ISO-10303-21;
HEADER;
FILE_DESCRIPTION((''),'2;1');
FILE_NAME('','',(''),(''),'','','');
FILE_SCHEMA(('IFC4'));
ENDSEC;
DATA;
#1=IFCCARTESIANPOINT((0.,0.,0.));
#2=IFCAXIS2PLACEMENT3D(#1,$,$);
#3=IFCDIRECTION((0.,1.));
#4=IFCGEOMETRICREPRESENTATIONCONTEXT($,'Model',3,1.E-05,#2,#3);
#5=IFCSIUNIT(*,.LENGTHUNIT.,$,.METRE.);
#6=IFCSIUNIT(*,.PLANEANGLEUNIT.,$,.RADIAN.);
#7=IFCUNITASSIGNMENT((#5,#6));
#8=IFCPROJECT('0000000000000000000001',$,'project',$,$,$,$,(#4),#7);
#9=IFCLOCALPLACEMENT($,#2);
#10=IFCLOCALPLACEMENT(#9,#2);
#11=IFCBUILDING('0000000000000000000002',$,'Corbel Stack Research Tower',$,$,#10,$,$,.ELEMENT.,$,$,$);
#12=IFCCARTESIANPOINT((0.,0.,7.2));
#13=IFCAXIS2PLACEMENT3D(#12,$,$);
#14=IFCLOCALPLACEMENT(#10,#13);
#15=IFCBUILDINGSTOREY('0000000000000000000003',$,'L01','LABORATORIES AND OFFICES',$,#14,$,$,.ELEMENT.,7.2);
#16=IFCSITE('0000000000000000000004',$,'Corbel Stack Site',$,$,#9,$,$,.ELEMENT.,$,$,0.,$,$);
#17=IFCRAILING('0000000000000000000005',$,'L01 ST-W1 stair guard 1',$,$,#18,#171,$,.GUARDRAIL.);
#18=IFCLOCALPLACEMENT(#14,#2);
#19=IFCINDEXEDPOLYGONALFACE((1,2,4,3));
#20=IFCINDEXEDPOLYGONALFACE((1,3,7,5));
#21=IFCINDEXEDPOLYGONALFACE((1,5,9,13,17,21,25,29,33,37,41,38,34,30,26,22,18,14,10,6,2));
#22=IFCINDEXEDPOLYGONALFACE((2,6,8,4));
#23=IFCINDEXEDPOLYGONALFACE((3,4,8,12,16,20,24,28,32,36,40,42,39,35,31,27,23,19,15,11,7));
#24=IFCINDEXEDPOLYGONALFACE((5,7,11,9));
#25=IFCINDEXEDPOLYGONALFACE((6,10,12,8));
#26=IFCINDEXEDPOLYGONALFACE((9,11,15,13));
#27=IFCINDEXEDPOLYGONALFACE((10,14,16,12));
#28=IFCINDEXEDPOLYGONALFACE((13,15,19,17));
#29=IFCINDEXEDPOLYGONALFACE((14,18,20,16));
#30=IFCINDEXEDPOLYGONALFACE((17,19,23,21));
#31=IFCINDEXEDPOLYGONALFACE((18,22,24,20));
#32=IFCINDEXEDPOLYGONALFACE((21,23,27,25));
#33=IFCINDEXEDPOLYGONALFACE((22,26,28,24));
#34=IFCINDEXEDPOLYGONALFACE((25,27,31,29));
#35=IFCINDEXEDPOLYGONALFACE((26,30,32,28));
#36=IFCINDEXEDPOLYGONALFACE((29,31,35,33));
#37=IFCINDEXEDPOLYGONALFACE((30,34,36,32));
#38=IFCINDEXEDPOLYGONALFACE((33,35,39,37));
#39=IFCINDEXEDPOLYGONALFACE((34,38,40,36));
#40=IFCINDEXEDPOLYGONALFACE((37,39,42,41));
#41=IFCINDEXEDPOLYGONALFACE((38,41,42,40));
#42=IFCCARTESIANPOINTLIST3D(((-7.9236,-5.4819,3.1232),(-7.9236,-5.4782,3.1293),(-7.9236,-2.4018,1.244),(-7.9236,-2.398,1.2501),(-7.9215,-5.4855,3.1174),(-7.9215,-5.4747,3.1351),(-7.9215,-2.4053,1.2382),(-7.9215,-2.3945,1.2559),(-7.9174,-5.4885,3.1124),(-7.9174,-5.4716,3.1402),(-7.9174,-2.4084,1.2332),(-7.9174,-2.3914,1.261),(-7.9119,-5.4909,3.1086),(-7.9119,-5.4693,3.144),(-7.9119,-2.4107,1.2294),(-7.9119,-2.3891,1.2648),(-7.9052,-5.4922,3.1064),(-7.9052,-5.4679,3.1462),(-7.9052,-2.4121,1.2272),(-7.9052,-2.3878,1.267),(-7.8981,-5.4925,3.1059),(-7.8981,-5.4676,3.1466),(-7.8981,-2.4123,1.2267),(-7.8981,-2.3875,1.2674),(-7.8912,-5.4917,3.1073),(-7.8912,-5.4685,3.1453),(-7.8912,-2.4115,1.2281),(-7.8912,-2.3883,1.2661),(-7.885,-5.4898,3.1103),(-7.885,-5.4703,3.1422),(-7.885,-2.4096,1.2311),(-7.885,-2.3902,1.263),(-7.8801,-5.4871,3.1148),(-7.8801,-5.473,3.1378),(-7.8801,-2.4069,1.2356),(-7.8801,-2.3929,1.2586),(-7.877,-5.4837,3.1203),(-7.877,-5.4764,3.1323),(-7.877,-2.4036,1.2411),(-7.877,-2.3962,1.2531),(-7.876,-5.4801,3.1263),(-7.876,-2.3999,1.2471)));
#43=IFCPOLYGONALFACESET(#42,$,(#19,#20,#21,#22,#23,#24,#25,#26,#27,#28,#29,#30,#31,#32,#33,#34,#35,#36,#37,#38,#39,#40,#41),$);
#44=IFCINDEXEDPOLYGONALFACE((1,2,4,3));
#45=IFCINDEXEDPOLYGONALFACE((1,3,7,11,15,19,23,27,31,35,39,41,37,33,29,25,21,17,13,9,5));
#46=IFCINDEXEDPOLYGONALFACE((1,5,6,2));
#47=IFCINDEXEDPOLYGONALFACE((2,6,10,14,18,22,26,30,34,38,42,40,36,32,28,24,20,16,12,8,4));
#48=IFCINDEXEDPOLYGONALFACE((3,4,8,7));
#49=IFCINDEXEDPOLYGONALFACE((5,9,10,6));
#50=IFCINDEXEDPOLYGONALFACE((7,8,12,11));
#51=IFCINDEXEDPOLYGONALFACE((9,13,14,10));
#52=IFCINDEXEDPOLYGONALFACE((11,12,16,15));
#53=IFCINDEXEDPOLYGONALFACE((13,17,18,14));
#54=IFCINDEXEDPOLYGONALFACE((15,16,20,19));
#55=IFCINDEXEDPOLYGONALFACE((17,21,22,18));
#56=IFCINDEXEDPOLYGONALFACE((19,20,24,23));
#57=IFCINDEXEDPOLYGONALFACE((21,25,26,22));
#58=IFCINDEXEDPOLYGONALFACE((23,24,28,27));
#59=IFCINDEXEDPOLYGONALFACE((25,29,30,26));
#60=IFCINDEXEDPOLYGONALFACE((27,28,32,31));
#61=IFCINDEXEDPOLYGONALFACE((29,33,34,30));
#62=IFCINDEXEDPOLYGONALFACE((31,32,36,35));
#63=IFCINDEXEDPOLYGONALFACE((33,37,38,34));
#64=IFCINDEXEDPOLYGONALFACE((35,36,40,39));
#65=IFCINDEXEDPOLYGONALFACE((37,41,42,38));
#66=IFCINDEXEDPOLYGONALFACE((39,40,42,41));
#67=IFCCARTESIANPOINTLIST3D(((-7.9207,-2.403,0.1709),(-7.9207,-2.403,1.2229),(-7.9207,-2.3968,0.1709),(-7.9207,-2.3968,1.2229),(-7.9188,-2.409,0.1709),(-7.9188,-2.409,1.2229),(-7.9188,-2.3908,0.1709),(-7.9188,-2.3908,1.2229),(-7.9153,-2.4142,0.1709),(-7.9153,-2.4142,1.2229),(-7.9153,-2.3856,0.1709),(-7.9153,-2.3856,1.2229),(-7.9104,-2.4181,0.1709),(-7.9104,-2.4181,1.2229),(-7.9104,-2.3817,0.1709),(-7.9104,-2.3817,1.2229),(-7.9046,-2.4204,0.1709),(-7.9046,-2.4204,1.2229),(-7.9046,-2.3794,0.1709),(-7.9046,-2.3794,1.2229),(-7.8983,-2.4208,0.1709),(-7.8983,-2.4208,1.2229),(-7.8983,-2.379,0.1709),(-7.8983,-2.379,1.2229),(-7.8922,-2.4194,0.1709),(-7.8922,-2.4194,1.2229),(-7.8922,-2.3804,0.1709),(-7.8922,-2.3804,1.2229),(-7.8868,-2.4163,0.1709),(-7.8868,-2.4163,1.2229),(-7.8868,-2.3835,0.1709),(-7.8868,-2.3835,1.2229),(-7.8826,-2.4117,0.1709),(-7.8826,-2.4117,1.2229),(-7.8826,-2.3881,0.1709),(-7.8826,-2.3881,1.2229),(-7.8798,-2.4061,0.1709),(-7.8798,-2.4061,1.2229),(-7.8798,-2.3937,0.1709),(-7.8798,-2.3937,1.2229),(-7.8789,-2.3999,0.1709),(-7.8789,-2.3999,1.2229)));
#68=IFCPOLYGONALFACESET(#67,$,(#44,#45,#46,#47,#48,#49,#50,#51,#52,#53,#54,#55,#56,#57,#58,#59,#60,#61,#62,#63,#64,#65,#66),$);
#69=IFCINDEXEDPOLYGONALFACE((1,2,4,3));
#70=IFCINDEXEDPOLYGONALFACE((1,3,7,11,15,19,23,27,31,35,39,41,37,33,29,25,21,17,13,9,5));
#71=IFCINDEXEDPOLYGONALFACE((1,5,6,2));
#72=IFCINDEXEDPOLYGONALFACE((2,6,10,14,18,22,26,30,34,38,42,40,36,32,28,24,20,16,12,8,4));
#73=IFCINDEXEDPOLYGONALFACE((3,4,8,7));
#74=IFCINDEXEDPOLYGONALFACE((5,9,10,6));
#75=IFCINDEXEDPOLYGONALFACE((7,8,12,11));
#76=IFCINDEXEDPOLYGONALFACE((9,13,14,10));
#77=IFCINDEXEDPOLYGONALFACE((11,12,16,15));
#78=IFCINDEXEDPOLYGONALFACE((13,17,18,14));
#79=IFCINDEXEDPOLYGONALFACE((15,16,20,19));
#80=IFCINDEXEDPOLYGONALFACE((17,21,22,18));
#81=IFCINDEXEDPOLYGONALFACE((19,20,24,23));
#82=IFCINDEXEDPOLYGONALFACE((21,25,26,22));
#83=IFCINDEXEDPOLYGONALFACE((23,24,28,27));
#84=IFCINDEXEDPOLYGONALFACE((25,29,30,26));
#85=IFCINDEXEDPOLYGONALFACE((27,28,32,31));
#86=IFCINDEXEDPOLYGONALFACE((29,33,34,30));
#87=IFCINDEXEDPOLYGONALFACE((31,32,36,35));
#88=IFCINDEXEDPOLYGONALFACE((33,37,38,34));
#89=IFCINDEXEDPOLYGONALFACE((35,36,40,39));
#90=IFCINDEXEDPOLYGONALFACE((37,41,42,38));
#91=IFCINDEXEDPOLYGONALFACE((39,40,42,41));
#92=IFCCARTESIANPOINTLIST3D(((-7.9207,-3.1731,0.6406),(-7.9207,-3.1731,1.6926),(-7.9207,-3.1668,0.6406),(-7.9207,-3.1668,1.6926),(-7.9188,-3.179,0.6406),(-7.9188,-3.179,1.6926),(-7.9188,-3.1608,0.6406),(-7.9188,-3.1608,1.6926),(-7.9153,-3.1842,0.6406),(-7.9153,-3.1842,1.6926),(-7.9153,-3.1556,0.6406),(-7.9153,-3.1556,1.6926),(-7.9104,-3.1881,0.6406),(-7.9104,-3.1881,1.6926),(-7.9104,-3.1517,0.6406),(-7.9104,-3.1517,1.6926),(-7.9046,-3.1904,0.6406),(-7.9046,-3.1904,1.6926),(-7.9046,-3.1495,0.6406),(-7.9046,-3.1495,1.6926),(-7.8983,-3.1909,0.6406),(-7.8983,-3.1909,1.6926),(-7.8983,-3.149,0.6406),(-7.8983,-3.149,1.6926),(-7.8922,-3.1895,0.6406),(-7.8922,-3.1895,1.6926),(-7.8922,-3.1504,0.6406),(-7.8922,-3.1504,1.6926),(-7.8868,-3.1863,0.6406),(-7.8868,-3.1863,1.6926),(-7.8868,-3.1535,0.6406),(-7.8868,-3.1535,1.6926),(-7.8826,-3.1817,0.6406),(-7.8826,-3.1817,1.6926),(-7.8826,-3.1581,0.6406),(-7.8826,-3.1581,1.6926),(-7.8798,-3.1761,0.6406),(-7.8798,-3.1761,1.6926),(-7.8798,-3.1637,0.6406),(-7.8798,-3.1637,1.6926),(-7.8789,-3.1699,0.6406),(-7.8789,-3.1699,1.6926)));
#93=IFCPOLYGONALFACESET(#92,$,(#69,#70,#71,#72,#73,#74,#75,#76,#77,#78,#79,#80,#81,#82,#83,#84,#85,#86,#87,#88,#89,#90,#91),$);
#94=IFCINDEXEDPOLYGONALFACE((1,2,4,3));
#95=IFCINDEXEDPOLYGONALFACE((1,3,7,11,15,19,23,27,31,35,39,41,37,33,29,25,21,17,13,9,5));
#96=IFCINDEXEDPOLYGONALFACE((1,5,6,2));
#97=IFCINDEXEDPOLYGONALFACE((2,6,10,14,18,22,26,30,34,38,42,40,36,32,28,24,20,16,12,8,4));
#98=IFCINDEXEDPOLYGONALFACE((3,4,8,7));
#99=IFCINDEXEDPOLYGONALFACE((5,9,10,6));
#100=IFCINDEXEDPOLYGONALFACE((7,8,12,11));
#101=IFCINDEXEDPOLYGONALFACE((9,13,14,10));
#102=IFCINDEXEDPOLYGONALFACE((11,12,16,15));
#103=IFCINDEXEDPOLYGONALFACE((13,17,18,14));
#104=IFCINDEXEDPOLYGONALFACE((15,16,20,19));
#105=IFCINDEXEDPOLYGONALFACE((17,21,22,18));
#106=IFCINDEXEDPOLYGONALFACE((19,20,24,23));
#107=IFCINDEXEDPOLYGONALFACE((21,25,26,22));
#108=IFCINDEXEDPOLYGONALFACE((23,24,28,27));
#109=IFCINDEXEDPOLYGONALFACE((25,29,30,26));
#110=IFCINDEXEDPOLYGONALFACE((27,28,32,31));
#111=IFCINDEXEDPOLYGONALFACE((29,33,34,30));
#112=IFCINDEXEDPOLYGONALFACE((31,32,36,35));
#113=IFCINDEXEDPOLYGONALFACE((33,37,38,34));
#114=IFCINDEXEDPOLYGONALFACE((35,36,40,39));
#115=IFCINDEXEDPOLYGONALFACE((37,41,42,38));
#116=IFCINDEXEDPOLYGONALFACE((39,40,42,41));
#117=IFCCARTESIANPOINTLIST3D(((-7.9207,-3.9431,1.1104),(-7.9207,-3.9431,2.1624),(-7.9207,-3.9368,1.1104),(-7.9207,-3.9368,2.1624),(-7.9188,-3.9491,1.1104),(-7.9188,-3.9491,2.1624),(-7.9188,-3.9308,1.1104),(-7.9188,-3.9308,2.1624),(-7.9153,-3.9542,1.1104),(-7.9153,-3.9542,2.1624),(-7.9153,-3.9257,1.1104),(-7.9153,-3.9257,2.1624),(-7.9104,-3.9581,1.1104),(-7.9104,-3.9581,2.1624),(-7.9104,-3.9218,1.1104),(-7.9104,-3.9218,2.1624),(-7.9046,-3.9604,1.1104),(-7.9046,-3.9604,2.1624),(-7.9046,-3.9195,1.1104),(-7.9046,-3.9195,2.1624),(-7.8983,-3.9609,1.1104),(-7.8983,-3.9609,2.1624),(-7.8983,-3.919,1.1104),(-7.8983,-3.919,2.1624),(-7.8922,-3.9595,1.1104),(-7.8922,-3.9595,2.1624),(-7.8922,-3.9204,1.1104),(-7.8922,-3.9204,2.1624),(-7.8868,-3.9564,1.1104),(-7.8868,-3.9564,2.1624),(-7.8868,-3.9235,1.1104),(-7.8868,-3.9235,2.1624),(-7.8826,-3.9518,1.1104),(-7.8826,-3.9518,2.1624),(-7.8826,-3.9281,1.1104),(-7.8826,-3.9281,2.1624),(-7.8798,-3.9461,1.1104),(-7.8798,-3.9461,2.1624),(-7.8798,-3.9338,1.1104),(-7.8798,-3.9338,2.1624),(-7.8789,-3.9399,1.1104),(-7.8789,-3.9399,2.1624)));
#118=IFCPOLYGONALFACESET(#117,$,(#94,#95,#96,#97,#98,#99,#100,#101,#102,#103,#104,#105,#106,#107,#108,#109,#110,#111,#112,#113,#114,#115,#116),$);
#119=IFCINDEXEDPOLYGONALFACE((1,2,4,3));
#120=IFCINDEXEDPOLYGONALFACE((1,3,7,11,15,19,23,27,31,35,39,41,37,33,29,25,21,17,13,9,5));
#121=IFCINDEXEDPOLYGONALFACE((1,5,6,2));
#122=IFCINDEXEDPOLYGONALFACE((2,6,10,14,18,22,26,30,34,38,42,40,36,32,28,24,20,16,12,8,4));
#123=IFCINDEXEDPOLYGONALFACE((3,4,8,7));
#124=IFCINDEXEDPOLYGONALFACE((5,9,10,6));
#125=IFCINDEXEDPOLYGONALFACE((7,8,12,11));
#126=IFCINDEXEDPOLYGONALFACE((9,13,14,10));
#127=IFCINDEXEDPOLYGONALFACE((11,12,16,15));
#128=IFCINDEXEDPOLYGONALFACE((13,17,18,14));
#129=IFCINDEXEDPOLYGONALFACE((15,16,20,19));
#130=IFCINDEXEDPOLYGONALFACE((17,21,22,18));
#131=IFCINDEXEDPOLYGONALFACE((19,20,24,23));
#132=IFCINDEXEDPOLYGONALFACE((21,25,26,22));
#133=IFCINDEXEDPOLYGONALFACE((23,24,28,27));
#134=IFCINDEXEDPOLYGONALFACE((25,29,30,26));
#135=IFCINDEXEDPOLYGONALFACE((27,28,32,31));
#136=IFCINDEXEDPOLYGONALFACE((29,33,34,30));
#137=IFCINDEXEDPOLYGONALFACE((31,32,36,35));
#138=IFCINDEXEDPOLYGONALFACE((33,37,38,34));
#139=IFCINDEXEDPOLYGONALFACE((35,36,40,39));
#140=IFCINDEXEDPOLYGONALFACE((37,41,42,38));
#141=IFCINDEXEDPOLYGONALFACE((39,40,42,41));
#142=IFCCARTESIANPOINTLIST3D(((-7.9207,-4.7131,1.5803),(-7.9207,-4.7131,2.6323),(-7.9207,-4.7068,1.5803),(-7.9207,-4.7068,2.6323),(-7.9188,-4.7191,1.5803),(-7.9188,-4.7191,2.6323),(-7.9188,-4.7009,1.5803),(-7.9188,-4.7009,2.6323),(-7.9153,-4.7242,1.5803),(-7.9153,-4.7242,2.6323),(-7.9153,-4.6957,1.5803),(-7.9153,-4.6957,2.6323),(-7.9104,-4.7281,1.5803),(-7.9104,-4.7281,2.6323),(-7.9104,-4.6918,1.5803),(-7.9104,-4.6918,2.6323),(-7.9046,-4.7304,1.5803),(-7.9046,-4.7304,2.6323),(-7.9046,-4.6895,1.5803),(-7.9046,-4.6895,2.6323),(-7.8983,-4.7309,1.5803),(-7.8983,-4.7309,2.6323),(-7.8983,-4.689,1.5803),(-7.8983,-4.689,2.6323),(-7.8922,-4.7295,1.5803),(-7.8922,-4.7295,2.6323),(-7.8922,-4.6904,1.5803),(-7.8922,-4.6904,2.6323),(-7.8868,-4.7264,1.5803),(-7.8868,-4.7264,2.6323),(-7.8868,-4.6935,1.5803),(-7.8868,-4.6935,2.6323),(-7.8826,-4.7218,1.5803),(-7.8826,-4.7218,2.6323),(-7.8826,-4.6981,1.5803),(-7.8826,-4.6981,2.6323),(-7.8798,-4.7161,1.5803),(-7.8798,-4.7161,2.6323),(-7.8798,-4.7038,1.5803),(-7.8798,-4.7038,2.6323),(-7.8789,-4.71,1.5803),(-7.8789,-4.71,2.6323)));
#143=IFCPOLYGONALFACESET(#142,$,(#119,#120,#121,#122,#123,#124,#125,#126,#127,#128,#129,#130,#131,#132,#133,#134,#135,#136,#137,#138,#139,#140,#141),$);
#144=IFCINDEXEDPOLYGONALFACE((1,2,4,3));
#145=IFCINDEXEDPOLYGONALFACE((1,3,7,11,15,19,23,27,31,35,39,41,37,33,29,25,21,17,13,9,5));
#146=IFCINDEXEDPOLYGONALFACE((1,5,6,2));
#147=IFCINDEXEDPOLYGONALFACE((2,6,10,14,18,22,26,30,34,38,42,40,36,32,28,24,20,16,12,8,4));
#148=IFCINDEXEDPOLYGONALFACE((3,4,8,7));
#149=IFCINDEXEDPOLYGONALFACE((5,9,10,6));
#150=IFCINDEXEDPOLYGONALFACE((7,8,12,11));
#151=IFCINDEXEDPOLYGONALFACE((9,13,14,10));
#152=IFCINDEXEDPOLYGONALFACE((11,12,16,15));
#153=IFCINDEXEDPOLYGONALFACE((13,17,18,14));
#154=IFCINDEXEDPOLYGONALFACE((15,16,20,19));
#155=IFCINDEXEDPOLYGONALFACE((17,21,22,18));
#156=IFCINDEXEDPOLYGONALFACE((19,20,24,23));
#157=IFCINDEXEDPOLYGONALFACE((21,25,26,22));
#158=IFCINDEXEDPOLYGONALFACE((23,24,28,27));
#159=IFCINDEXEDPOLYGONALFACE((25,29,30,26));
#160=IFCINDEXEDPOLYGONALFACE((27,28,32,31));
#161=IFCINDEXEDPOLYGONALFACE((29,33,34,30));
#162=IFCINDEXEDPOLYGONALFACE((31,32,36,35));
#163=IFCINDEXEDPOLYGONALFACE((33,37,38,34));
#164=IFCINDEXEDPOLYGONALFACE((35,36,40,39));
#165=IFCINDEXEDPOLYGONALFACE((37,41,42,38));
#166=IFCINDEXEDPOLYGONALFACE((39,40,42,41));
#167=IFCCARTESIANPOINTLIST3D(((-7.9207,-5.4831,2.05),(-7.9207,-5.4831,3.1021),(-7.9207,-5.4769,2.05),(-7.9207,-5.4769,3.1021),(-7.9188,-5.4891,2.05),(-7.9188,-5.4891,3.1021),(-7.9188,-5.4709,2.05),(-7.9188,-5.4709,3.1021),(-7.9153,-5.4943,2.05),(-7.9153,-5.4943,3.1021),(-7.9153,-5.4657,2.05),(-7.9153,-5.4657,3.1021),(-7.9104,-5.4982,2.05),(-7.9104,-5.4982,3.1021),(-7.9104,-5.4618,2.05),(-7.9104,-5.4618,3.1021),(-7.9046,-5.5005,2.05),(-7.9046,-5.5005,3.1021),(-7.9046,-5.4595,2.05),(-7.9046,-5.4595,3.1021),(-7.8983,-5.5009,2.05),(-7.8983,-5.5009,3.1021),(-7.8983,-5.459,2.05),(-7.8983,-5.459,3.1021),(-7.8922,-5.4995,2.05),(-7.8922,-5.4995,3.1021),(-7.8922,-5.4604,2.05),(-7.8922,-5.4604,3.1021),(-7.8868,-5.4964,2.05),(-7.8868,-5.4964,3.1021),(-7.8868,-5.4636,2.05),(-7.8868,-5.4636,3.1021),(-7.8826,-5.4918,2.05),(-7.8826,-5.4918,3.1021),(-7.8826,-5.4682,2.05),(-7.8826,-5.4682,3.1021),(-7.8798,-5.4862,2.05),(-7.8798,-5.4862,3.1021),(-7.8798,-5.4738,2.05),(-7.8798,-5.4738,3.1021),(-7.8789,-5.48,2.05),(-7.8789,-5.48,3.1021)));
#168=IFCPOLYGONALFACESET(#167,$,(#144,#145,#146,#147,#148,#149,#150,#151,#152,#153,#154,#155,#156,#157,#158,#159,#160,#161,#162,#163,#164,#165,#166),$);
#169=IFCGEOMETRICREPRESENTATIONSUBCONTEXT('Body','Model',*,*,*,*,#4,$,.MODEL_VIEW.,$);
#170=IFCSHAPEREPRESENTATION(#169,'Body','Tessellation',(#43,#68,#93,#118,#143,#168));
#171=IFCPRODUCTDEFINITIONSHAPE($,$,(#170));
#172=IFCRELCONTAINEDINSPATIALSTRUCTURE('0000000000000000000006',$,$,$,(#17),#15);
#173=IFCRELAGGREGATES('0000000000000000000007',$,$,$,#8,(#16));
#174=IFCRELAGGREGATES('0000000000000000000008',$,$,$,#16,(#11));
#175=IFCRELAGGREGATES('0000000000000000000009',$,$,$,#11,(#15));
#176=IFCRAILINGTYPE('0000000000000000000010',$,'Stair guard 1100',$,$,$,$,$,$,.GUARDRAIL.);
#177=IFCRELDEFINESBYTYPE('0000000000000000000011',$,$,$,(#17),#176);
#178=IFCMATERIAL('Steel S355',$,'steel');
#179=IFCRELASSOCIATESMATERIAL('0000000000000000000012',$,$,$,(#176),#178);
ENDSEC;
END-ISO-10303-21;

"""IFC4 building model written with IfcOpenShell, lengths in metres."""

from ifc_helpers import new_model, si_unit, direction, frame, origin, origin_2d, place, context, subcontext, project, spatial, circle, extrude, material, type_object, element, save


model = new_model("IFC4")

# Units and contexts
model_context = context("Model", 3, precision=1e-05, world=origin(), true_north=direction((0.0, 1.0)))
body_context = subcontext(model_context, "Body", "Model", "MODEL_VIEW")
ifc_project = project(units=[si_unit("LENGTHUNIT", "METRE"), si_unit("PLANEANGLEUNIT", "RADIAN")], contexts=[model_context])

# Site, building, storey
site_placement = place(None, origin())
site = spatial("IfcSite", under=ifc_project, at=site_placement, Name="Corbel Stack Site", CompositionType="ELEMENT", RefElevation=0.0)
building_placement = place(site_placement, origin())
building = spatial("IfcBuilding", under=site, at=building_placement, Name="Corbel Stack Research Tower", CompositionType="ELEMENT")
storey_placement = place(building_placement, frame((0.0, 0.0, 7.2)))
storey = spatial("IfcBuildingStorey", under=building, at=storey_placement, Name="L01", Description="LABORATORIES AND OFFICES", CompositionType="ELEMENT", Elevation=7.2)

# Railing
ifc_material_1 = material(Name="Steel S355", Category="steel")
railing_type_1 = type_object("IfcRailingType", Name="Stair guard 1100", PredefinedType="GUARDRAIL", material=ifc_material_1)
railing_1_placement = place(storey_placement, frame((-7.8999, -2.3999, 0.1709)))
element("IfcRailing", 1, at=railing_1_placement, inside=storey, type_object=railing_type_1, Name="L01 ST-W1 stair guard 1", PredefinedType="GUARDRAIL", context=body_context, shape_type="SweptSolid", body=[
    extrude(circle(Radius=0.0239, at=origin_2d()), frame((0.0, 0.0, 1.0762), z_axis=(0.0, -0.853666, 0.52082), x_axis=(1.0, 0.0, 0.0)), (0.0, 0.0, 1.0), 3.6082),
    extrude(circle(Radius=0.021, at=origin_2d()), origin(), (0.0, 0.0, 1.0), 1.052),
    extrude(circle(Radius=0.021, at=origin_2d()), frame((0.0, -0.77, 0.4697)), (0.0, 0.0, 1.0), 1.052),
    extrude(circle(Radius=0.021, at=origin_2d()), frame((0.0, -1.54, 0.9395)), (0.0, 0.0, 1.0), 1.052),
    extrude(circle(Radius=0.021, at=origin_2d()), frame((0.0, -2.3101, 1.4094)), (0.0, 0.0, 1.0), 1.052),
    extrude(circle(Radius=0.021, at=origin_2d()), frame((0.0, -3.0801, 1.8792)), (0.0, 0.0, 1.0), 1.052),
])

save(model, "model.ifc")
